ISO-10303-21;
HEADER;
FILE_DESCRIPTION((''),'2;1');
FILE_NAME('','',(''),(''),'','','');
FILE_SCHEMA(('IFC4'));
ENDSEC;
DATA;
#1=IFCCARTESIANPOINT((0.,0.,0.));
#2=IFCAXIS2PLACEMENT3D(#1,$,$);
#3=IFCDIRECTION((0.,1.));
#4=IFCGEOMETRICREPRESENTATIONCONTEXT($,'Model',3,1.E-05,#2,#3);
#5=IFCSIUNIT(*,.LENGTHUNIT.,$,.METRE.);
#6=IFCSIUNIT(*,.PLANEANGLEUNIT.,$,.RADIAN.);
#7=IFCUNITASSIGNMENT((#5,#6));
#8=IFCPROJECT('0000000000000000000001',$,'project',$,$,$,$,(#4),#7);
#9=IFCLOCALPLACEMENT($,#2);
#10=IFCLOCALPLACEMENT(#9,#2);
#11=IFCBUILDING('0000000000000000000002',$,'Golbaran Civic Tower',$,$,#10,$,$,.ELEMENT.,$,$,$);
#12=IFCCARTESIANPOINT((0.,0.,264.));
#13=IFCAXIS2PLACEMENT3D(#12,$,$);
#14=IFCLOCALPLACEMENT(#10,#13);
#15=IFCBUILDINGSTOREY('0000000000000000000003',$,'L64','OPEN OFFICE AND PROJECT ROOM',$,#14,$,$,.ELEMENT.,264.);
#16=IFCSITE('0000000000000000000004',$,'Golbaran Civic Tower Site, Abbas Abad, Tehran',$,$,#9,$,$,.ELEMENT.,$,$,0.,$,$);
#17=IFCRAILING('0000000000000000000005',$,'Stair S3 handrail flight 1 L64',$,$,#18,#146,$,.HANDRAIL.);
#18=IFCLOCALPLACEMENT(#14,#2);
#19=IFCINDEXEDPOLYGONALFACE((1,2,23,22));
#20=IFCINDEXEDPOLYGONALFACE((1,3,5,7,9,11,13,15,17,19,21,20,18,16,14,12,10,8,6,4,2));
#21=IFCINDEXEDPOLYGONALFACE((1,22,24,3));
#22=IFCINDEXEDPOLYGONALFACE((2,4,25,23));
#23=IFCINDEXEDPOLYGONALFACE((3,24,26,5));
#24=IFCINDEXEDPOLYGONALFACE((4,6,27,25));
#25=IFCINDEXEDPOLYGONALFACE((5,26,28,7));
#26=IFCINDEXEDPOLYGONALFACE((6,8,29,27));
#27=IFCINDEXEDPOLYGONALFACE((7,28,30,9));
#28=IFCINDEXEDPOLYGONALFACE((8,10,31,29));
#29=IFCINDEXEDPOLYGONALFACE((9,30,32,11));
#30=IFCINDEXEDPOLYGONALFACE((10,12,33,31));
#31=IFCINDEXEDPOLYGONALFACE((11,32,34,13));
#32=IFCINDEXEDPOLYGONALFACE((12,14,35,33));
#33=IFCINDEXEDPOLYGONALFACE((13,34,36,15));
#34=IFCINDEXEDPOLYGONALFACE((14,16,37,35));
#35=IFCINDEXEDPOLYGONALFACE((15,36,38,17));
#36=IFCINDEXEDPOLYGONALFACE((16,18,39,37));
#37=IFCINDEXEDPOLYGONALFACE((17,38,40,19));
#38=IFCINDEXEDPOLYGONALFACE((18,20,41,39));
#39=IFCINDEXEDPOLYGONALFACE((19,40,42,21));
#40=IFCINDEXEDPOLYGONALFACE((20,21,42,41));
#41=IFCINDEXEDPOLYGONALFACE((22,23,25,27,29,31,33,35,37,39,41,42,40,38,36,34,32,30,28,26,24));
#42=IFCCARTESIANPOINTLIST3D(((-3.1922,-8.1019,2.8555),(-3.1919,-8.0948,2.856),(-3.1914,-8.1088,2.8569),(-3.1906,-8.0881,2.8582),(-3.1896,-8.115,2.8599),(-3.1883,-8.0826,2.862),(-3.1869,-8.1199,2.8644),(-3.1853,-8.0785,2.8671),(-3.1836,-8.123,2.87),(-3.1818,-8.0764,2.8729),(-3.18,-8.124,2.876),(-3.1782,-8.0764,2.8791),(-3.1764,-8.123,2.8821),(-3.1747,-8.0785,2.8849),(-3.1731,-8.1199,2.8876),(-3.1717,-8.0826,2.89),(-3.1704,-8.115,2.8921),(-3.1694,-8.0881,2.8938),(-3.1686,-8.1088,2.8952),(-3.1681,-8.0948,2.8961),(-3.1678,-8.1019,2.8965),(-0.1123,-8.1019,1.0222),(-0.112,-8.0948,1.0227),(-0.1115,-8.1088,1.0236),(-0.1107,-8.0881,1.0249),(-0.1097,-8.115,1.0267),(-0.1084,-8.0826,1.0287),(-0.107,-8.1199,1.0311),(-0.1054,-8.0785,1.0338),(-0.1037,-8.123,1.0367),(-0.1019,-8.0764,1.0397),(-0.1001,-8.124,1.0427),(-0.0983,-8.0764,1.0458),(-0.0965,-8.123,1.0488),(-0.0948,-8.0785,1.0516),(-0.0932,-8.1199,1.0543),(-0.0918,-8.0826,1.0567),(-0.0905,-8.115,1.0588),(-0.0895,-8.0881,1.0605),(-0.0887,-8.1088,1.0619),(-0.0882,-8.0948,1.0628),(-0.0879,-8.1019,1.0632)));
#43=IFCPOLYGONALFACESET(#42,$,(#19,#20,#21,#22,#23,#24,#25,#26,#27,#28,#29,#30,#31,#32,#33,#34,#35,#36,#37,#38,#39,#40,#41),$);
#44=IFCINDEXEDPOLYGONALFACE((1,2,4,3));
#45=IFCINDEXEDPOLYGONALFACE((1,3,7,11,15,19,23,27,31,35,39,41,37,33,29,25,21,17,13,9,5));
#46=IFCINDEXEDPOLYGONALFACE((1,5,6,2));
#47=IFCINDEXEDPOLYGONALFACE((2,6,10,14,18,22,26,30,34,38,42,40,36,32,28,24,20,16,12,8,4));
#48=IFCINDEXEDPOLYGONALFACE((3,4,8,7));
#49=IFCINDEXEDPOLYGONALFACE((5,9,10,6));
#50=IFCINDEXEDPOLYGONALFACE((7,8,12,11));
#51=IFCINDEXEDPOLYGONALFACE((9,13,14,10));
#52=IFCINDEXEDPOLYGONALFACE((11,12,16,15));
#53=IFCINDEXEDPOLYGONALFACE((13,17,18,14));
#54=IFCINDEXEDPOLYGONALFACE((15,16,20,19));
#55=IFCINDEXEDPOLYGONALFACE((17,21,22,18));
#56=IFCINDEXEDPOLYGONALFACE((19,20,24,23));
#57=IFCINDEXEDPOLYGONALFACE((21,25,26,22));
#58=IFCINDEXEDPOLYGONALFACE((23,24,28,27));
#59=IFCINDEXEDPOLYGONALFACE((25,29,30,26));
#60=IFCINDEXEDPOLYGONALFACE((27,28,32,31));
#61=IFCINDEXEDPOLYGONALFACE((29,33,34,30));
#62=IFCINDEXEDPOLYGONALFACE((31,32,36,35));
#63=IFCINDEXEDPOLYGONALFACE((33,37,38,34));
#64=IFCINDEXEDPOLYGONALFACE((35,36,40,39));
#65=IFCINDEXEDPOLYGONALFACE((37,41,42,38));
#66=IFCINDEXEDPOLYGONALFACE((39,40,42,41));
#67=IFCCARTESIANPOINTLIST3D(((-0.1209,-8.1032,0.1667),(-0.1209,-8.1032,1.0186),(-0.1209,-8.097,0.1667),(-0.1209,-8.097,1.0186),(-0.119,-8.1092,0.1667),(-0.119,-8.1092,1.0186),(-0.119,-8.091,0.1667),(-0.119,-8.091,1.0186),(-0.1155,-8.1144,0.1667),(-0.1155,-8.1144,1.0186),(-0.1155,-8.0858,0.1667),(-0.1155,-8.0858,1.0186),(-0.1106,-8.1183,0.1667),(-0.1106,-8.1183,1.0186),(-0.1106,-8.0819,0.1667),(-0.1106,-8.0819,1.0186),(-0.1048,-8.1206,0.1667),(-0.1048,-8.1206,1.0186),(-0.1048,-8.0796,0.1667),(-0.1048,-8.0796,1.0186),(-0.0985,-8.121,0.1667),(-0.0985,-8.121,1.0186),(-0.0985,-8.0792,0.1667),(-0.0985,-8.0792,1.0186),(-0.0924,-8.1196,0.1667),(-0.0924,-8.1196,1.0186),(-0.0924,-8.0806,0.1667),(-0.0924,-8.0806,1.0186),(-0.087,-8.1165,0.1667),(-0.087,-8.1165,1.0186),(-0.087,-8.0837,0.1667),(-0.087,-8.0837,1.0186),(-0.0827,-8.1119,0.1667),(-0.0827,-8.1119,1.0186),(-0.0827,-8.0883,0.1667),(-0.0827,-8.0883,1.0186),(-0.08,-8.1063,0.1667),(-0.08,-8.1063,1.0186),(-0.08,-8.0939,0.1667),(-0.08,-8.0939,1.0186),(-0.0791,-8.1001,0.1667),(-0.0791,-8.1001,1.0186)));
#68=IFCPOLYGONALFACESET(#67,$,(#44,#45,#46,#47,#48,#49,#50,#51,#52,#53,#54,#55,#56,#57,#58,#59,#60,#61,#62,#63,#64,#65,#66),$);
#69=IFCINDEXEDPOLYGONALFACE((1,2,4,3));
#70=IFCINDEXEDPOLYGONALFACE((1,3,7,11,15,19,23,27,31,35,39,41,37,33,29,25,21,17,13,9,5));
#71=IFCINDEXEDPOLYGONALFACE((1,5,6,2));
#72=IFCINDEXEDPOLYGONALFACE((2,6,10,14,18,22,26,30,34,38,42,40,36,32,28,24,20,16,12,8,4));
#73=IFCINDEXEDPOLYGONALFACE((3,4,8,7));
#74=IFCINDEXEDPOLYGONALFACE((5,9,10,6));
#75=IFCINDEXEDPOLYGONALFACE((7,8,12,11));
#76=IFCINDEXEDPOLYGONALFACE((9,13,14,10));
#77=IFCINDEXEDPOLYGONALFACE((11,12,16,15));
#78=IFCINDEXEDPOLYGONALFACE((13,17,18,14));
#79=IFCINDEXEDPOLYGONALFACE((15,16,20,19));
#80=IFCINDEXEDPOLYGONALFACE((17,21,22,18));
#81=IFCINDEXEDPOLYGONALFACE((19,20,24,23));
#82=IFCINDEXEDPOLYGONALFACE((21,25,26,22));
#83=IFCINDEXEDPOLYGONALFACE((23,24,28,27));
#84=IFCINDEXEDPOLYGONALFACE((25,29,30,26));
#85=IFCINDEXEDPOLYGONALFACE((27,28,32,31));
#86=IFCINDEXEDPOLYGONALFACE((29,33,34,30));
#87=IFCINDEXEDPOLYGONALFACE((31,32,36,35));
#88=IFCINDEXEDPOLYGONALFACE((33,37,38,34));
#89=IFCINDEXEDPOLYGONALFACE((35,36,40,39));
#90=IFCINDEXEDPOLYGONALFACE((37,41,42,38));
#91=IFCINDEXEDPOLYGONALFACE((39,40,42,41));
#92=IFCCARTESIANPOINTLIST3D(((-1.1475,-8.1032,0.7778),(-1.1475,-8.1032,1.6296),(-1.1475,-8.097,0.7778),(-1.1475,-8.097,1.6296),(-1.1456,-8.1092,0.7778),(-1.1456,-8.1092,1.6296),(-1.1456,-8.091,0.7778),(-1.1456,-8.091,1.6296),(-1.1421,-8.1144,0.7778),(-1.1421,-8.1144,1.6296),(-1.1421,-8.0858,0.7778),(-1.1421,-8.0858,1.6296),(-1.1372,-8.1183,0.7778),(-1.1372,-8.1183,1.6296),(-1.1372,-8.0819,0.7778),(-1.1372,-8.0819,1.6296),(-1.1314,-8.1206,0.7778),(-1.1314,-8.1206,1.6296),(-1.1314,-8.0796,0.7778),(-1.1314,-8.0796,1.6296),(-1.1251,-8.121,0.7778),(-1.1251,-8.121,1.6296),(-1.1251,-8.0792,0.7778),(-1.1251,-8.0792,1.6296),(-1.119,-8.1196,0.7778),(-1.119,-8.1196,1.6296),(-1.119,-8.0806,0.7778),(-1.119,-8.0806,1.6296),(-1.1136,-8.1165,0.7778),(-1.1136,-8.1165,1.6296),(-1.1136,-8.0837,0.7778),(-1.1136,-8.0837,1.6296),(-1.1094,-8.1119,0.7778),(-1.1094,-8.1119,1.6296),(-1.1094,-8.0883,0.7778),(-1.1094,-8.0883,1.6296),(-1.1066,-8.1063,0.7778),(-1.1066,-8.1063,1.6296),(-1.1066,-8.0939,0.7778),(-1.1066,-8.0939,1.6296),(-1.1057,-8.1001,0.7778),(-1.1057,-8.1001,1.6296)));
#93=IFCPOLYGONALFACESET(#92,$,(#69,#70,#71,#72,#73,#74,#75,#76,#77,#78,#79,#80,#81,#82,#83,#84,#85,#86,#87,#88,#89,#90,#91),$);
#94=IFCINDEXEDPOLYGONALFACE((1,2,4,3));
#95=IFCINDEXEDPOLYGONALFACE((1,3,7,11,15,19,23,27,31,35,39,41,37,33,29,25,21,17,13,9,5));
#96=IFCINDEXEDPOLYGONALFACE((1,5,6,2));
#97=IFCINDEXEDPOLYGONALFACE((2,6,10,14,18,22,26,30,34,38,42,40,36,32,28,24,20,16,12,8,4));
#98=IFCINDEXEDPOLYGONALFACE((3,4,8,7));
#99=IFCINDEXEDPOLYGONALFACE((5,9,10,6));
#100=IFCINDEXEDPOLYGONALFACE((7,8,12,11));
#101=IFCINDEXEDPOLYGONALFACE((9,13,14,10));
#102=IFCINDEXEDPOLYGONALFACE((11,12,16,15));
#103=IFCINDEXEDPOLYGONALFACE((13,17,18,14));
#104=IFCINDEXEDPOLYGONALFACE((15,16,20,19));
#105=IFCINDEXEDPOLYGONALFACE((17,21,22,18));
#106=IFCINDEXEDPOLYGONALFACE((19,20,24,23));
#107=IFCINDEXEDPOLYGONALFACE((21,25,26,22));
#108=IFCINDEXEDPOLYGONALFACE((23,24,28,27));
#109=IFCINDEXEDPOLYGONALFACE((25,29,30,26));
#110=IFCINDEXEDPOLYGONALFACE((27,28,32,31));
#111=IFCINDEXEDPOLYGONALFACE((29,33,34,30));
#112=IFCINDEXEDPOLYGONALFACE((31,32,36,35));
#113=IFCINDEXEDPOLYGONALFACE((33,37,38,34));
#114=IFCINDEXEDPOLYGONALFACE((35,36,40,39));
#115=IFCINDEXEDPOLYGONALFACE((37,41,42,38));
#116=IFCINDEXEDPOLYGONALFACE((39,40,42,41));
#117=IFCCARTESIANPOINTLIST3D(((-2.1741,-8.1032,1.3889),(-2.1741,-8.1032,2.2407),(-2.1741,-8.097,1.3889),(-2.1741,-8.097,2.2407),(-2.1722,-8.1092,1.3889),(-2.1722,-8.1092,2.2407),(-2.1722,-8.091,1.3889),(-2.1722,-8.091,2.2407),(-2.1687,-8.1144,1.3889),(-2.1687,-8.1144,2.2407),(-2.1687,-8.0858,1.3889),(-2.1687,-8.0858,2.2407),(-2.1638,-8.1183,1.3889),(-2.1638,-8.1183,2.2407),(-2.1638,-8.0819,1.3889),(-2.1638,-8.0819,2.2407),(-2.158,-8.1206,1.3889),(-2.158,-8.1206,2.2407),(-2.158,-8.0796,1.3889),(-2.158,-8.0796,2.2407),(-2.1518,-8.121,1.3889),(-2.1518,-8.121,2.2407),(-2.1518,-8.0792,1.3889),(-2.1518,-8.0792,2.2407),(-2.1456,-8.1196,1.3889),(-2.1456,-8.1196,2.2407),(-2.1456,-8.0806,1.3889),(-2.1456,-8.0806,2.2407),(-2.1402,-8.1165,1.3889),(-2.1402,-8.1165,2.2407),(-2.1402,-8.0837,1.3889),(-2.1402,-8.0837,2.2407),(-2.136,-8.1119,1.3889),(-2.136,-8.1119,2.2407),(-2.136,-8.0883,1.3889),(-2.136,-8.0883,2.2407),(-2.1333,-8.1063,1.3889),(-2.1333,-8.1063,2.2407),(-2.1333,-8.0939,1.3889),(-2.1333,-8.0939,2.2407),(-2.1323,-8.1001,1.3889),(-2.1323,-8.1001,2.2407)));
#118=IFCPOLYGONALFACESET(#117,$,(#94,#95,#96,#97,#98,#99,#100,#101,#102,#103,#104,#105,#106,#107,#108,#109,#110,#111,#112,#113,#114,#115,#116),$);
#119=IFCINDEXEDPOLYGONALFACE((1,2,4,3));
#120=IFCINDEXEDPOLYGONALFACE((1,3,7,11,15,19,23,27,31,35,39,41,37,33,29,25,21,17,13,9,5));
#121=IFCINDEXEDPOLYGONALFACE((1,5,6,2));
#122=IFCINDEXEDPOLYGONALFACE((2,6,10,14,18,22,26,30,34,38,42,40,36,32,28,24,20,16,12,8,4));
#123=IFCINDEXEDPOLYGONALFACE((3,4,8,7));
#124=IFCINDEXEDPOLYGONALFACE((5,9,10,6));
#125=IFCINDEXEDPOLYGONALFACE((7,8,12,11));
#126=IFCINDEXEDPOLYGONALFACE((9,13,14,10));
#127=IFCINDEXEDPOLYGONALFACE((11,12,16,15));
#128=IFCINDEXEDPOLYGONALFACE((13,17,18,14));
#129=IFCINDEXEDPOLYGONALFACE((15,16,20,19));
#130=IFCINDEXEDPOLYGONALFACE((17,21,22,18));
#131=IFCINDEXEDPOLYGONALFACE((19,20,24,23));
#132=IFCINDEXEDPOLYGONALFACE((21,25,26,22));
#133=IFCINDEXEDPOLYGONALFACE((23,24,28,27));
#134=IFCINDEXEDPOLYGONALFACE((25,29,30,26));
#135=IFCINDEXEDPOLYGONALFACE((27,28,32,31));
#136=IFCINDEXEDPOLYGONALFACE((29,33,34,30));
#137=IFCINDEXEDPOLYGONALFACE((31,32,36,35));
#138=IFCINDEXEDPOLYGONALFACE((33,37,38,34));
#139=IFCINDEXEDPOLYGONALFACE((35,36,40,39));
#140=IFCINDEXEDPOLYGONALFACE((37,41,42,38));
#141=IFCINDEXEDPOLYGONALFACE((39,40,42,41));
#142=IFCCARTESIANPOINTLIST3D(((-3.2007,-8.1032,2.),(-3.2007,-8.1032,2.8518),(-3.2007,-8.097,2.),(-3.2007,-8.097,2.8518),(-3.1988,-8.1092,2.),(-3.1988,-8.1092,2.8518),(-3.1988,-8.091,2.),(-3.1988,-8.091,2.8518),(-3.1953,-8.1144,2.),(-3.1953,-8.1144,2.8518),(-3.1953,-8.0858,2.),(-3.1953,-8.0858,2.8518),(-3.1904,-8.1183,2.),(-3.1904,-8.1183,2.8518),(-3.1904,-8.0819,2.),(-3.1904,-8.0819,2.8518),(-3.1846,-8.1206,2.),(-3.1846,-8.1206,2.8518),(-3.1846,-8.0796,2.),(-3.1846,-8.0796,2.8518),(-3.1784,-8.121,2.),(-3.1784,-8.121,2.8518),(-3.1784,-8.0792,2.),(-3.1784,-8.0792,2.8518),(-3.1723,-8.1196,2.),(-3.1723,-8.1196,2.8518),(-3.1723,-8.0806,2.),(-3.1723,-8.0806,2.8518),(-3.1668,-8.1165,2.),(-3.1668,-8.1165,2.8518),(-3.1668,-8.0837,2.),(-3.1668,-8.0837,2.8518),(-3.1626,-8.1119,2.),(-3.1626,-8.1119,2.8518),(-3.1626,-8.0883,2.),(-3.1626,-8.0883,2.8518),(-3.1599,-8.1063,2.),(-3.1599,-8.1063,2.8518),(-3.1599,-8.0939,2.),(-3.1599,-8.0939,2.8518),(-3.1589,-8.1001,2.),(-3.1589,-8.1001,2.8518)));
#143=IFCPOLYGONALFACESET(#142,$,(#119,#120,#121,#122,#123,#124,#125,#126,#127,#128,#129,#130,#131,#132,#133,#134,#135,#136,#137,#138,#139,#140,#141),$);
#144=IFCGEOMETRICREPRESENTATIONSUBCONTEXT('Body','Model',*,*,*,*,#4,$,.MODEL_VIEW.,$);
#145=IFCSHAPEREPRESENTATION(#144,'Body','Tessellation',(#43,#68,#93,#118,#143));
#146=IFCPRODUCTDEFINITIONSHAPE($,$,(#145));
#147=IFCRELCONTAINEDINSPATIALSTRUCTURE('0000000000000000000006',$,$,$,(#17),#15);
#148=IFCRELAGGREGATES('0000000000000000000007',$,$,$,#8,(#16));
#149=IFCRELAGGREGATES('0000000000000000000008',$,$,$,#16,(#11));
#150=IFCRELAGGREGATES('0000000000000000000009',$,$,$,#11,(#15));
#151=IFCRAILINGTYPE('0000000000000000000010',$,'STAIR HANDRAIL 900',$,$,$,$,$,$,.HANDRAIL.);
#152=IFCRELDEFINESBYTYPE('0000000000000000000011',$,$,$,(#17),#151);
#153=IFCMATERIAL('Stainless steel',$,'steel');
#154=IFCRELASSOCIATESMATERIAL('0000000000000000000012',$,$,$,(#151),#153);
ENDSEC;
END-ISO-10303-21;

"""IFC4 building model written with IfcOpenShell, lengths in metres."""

from ifc_helpers import new_model, si_unit, direction, frame, origin, origin_2d, place, context, subcontext, project, spatial, circle, extrude, material, type_object, element, save


model = new_model("IFC4")

# Units and contexts
model_context = context("Model", 3, precision=1e-05, world=origin(), true_north=direction((0.0, 1.0)))
body_context = subcontext(model_context, "Body", "Model", "MODEL_VIEW")
ifc_project = project(units=[si_unit("LENGTHUNIT", "METRE"), si_unit("PLANEANGLEUNIT", "RADIAN")], contexts=[model_context])

# Site, building, storey
site_placement = place(None, origin())
site = spatial("IfcSite", under=ifc_project, at=site_placement, Name="Golbaran Civic Tower Site, Abbas Abad, Tehran", CompositionType="ELEMENT", RefElevation=0.0)
building_placement = place(site_placement, origin())
building = spatial("IfcBuilding", under=site, at=building_placement, Name="Golbaran Civic Tower", CompositionType="ELEMENT")
storey_placement = place(building_placement, frame((0.0, 0.0, 264.0)))
storey = spatial("IfcBuildingStorey", under=building, at=storey_placement, Name="L64", Description="OPEN OFFICE AND PROJECT ROOM", CompositionType="ELEMENT", Elevation=264.0)

# Railing
ifc_material_1 = material(Name="Stainless steel", Category="steel")
railing_type = type_object("IfcRailingType", Name="STAIR HANDRAIL 900", PredefinedType="HANDRAIL", material=ifc_material_1)
railing_1_placement = place(storey_placement, frame((-0.1001, -8.1001, 0.1667)))
element("IfcRailing", 1, at=railing_1_placement, inside=storey, type_object=railing_type, Name="Stair S3 handrail flight 1 L64", PredefinedType="HANDRAIL", context=body_context, shape_type="SweptSolid", body=[
    extrude(circle(Radius=0.0239, at=origin_2d()), frame((0.0, 0.0, 0.876), z_axis=(-0.859291, 0.0, 0.511487), x_axis=(0.0, -1.0, 0.0)), (0.0, 0.0, 1.0), 3.5842),
    extrude(circle(Radius=0.021, at=origin_2d()), origin(), (0.0, 0.0, 1.0), 0.8518),
    extrude(circle(Radius=0.021, at=origin_2d()), frame((-1.0266, 0.0, 0.6111)), (0.0, 0.0, 1.0), 0.8518),
    extrude(circle(Radius=0.021, at=origin_2d()), frame((-2.0532, 0.0, 1.2222)), (0.0, 0.0, 1.0), 0.8518),
    extrude(circle(Radius=0.021, at=origin_2d()), frame((-3.0798, 0.0, 1.8333)), (0.0, 0.0, 1.0), 0.8518),
])

save(model, "model.ifc")
